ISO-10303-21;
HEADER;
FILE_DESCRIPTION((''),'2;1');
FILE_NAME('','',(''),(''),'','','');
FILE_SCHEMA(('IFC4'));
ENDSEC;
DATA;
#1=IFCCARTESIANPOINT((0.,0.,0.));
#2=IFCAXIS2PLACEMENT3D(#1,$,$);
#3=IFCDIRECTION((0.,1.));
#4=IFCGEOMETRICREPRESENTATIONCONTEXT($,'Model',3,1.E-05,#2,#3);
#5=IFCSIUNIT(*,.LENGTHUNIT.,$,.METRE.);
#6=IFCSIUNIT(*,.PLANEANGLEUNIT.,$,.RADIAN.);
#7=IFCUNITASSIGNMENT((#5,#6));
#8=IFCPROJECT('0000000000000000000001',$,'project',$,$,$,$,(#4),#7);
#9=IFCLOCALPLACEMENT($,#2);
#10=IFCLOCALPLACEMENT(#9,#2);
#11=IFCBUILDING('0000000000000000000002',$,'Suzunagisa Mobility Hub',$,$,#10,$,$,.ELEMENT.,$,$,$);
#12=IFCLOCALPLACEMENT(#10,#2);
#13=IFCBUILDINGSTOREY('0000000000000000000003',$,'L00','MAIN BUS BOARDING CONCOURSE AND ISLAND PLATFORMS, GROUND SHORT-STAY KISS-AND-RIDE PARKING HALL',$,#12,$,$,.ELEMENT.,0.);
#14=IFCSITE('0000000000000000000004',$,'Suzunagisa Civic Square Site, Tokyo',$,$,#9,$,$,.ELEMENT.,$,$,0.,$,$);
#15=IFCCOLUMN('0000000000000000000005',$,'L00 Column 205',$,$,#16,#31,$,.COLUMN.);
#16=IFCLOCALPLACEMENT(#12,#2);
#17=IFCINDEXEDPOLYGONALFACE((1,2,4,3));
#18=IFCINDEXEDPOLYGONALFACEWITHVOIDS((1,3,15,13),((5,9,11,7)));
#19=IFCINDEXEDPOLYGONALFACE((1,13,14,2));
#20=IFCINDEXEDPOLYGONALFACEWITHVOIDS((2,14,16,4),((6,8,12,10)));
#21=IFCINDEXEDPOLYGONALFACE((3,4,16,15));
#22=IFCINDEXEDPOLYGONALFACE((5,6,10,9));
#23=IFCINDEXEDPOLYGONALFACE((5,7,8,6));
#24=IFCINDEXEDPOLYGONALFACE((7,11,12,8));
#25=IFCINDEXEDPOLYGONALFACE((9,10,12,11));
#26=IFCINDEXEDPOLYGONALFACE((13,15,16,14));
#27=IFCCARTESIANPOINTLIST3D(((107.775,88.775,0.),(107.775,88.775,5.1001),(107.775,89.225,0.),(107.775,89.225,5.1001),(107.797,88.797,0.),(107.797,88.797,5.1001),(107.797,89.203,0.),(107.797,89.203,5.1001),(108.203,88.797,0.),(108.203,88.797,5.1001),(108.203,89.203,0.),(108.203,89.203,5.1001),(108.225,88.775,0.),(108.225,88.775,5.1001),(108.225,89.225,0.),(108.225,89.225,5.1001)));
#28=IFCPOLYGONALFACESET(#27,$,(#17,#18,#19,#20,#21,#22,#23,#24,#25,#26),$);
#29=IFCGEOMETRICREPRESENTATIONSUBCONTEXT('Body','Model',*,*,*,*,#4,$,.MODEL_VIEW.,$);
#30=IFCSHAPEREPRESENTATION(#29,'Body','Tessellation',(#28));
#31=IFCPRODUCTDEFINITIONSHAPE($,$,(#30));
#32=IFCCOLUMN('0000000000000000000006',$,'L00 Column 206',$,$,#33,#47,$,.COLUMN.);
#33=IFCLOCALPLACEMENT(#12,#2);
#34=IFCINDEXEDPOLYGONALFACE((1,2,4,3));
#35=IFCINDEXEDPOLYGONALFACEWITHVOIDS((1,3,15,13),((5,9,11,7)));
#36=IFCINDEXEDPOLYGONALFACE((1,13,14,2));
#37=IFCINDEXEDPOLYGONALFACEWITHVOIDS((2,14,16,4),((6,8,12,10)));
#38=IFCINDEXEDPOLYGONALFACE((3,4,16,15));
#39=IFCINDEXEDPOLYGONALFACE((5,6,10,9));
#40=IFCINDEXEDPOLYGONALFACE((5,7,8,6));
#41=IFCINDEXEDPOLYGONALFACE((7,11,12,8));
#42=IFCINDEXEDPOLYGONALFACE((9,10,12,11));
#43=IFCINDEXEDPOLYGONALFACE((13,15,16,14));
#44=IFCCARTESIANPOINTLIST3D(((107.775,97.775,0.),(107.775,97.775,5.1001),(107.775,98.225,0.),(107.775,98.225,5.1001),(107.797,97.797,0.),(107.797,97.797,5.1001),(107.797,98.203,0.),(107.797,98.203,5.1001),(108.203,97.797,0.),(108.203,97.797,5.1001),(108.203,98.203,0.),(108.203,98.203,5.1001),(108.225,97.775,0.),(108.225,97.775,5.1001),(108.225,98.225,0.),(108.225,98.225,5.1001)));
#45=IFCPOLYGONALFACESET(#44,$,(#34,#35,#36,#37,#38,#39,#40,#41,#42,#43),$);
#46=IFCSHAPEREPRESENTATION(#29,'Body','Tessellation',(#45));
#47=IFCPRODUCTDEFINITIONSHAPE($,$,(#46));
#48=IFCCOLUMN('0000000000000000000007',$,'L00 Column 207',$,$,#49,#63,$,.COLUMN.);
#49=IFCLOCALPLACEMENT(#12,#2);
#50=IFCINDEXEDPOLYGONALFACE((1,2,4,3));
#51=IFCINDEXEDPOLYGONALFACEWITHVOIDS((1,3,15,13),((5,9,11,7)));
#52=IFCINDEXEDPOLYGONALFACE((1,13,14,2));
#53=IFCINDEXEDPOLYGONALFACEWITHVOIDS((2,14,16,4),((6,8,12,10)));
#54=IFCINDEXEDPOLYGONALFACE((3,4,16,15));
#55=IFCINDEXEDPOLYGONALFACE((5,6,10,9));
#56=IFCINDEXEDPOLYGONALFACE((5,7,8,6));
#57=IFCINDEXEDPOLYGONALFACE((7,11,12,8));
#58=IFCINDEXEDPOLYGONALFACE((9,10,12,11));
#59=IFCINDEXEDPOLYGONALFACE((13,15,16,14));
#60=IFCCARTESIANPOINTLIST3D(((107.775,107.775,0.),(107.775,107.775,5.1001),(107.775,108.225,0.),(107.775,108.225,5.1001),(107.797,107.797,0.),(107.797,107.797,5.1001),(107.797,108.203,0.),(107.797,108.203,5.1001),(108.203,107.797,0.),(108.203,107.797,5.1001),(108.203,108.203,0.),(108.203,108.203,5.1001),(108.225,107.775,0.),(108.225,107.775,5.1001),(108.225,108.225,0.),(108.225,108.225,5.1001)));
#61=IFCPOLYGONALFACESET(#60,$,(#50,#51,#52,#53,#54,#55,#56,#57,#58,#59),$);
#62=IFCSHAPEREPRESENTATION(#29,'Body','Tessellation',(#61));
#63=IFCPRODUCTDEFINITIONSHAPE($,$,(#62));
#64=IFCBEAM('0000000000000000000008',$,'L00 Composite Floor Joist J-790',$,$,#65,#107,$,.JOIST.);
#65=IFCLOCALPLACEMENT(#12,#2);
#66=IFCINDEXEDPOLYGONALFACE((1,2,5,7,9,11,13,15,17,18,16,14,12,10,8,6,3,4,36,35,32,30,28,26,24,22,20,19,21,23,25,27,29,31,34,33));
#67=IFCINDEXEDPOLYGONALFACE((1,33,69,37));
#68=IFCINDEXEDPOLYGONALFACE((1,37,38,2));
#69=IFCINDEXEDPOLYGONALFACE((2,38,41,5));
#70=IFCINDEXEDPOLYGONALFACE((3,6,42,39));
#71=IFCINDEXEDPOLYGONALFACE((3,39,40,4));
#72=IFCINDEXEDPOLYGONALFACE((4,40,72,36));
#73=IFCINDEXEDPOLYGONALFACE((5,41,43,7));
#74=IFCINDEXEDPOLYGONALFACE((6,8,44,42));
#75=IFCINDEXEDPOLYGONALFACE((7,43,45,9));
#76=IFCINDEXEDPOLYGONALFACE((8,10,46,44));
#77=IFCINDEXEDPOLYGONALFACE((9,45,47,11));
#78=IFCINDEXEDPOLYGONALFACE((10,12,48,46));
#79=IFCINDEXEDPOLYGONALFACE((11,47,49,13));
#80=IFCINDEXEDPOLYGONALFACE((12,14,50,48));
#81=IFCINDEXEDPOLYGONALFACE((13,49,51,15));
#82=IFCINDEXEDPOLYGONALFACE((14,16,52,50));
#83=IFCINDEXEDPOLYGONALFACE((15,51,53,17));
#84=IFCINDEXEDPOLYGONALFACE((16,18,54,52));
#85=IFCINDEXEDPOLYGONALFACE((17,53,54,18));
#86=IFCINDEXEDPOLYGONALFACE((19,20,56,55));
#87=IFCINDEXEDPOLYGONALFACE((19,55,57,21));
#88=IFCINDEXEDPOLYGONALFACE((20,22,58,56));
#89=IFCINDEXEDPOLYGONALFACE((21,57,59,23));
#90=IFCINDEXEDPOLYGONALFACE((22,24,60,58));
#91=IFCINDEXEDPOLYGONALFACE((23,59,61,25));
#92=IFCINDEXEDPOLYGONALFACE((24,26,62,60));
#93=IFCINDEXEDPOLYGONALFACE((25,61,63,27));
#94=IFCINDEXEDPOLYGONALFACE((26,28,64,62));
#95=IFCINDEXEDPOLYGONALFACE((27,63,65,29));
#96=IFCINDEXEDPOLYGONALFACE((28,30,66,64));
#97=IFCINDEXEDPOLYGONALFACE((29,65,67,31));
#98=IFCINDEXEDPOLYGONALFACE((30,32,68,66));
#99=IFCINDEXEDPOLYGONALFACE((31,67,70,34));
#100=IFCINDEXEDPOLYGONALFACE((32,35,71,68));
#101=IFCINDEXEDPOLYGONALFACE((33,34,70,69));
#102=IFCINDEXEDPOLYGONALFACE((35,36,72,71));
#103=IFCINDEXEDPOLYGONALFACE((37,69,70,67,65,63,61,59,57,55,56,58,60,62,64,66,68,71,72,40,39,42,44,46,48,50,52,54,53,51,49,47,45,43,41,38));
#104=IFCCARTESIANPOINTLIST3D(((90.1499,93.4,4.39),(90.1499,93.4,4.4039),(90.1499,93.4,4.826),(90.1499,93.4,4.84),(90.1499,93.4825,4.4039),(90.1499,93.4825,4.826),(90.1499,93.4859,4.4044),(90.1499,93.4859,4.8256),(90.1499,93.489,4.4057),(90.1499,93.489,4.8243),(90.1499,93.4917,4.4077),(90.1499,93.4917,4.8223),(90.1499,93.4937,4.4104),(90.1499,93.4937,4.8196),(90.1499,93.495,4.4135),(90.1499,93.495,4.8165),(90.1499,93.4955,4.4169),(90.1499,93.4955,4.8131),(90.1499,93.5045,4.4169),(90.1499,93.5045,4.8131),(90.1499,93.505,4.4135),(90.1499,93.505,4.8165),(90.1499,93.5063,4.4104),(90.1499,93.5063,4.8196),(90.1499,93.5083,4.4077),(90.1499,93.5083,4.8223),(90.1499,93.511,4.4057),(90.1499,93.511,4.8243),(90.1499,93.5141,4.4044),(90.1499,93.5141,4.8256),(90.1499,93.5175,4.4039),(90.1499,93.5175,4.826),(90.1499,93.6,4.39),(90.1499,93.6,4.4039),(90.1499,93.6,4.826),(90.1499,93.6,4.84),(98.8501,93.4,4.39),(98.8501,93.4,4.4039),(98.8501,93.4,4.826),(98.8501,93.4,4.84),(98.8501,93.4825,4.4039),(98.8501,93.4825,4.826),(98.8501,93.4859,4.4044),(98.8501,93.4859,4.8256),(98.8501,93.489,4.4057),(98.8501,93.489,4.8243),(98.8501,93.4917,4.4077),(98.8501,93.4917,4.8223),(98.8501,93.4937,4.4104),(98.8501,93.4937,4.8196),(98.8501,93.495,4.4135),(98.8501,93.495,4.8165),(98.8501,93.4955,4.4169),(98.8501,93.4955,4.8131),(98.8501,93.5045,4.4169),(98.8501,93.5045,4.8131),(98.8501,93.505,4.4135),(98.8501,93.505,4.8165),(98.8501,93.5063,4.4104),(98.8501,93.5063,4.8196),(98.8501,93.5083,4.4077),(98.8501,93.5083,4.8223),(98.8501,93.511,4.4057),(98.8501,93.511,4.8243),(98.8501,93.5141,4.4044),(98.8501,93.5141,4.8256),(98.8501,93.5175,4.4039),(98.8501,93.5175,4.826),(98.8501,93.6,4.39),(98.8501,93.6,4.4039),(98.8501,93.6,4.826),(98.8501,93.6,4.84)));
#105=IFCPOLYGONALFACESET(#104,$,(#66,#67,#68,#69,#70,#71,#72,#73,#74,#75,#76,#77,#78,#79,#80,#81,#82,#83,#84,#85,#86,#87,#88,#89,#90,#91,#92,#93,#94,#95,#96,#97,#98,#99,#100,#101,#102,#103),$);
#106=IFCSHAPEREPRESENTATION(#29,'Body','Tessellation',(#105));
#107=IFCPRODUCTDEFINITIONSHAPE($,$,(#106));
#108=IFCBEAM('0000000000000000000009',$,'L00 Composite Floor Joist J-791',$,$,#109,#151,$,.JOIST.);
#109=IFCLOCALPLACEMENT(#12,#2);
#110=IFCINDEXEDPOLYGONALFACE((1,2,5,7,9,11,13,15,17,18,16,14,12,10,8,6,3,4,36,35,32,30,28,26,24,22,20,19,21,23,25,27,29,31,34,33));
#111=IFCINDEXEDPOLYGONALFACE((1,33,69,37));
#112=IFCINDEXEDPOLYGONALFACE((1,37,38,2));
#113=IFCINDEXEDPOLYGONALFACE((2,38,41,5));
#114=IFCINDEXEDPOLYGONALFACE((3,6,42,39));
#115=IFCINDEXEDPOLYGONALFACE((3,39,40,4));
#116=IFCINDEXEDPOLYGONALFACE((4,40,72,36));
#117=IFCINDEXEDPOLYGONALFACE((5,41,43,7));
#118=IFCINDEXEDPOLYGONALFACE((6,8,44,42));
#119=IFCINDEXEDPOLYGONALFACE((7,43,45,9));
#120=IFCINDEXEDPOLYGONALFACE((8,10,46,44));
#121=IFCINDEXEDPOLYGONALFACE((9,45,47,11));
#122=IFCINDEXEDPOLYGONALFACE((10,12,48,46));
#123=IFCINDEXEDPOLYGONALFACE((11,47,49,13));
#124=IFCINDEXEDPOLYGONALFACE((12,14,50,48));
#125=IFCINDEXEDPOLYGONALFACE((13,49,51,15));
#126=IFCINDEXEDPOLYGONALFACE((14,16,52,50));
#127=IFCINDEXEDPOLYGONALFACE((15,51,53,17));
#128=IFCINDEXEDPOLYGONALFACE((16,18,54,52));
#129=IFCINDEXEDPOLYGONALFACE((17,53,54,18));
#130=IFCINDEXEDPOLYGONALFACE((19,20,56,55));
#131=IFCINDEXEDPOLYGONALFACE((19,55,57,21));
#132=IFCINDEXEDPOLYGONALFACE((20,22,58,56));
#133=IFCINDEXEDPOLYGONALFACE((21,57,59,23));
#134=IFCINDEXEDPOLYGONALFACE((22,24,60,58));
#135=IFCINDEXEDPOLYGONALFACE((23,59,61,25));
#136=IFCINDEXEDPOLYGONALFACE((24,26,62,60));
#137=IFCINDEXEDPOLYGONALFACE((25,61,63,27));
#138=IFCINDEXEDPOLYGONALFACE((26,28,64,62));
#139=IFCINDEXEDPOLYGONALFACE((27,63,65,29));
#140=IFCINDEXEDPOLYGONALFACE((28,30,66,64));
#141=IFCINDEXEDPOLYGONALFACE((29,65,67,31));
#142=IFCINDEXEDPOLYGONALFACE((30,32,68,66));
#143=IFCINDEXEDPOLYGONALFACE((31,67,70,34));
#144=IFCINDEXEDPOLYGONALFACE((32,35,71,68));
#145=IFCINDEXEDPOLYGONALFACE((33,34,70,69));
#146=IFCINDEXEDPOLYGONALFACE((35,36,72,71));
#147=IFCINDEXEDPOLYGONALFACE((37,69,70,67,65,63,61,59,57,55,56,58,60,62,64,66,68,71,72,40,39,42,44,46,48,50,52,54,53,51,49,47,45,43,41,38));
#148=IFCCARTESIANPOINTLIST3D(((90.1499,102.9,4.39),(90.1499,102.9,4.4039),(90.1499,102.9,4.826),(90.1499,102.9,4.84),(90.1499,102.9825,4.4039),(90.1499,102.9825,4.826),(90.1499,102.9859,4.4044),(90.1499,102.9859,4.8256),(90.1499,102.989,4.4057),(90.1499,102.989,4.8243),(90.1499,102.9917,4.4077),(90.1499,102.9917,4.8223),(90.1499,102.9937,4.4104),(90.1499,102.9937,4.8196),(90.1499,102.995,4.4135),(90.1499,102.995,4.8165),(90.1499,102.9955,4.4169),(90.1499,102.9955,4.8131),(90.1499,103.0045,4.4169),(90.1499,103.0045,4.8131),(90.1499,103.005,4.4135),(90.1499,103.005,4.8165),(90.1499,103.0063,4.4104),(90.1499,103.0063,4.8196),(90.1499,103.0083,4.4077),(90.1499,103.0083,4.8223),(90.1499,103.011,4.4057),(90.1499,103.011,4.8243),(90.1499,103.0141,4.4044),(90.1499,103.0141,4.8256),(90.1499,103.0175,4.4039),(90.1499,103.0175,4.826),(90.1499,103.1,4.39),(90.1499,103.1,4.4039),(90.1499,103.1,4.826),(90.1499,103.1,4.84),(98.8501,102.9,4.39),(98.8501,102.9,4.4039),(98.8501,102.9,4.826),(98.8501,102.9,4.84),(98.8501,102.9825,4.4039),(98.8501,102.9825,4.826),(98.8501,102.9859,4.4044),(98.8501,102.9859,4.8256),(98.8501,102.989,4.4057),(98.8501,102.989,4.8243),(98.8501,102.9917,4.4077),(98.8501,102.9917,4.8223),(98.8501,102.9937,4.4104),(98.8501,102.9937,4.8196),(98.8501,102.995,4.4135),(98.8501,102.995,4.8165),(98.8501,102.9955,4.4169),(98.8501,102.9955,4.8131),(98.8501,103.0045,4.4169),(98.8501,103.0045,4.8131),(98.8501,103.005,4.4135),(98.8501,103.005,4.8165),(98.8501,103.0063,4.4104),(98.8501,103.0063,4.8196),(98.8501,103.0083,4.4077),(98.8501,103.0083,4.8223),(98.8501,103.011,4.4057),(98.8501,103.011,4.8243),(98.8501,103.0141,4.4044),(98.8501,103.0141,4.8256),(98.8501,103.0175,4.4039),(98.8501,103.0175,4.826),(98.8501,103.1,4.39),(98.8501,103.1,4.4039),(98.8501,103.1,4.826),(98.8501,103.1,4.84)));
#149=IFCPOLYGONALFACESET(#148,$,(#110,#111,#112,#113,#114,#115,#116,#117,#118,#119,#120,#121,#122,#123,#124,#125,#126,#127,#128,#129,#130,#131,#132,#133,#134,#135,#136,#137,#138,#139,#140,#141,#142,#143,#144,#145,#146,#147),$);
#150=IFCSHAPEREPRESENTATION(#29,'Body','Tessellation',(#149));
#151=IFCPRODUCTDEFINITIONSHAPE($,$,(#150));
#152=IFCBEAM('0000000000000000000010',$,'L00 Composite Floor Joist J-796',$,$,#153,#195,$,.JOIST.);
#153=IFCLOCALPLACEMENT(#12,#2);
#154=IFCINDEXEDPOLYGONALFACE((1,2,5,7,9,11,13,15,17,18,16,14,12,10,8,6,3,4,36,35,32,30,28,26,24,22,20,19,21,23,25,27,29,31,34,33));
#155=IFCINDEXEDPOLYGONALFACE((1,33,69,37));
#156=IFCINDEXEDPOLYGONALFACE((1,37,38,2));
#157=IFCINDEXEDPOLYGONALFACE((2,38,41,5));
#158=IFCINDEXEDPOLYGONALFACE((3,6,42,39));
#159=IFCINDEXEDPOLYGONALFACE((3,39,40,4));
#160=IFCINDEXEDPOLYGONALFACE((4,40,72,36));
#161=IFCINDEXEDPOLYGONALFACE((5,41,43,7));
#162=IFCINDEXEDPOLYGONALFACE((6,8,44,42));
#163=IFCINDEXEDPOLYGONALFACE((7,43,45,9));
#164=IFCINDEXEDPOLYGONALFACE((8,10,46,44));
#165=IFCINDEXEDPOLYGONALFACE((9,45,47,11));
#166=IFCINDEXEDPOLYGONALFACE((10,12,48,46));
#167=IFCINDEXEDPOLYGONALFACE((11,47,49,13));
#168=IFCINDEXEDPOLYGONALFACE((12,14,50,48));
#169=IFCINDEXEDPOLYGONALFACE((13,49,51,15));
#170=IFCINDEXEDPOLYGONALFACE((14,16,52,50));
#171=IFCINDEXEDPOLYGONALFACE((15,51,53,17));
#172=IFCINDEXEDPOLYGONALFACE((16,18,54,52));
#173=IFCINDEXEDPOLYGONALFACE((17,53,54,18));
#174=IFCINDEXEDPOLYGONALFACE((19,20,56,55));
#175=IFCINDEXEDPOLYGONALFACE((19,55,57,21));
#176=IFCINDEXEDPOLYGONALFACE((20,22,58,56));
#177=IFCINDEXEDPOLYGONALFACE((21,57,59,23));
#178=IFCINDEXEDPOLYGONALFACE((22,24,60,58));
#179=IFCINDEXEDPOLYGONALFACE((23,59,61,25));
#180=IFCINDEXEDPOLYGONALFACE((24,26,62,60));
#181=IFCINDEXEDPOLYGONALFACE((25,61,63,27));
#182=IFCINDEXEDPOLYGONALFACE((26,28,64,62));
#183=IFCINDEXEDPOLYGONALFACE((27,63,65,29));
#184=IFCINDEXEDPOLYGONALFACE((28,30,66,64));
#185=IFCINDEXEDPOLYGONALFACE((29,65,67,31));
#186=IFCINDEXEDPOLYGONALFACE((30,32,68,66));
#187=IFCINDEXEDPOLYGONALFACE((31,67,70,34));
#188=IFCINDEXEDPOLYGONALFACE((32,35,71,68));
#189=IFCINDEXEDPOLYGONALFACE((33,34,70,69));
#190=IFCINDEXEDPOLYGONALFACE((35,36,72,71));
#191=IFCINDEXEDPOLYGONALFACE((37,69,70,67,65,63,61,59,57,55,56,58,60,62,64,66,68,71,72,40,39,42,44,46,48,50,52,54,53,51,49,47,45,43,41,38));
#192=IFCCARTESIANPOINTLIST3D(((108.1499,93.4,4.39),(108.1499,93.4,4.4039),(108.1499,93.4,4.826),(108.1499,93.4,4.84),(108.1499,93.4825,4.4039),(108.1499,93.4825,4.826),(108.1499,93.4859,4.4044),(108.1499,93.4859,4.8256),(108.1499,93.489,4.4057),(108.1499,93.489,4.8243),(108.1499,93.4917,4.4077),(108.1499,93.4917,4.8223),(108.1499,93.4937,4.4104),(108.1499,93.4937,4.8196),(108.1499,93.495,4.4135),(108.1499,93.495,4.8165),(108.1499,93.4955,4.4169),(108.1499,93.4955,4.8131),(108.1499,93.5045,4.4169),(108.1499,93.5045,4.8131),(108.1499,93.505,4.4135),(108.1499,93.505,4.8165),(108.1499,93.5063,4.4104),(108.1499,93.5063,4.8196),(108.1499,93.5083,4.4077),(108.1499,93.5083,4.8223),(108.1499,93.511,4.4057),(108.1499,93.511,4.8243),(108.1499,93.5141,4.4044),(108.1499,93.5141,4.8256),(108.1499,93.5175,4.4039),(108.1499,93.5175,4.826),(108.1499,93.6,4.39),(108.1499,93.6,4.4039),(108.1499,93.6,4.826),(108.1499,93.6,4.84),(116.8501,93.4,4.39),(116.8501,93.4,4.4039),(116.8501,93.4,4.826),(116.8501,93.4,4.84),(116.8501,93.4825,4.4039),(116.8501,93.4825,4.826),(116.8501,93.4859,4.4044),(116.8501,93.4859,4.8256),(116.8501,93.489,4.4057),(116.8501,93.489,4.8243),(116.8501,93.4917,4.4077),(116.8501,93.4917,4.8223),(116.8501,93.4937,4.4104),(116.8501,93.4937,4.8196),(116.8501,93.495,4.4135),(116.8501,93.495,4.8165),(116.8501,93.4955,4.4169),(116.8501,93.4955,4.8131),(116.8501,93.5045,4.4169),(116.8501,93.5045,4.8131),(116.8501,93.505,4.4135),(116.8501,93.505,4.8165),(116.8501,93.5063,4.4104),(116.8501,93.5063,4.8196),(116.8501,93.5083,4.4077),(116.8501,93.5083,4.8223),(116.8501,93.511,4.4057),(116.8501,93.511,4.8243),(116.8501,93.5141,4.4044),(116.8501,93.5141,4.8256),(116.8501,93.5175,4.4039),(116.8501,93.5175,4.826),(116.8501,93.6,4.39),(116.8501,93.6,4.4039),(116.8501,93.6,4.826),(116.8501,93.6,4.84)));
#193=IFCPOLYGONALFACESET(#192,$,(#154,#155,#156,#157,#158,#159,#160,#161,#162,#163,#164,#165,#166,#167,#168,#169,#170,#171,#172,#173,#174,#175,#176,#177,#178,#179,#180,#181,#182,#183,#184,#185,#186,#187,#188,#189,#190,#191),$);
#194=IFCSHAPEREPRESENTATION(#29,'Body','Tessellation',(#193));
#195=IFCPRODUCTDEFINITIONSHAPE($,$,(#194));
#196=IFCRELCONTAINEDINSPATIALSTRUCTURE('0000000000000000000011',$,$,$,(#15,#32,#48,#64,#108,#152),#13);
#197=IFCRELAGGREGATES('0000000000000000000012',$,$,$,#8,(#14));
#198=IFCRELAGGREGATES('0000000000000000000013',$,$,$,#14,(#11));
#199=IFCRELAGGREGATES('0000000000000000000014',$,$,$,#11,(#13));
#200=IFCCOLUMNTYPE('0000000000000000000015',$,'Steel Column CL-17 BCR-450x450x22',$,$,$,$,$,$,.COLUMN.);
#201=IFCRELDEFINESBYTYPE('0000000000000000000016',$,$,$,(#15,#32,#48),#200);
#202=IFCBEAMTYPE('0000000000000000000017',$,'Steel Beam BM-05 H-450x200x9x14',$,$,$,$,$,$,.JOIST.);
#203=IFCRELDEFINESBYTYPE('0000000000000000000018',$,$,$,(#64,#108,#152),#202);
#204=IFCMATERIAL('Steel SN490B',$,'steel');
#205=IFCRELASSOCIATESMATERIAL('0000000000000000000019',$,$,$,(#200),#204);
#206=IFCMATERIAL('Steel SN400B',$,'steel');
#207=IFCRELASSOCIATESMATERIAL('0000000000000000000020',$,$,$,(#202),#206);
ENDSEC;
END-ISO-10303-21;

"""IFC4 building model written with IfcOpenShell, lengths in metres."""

from ifc_helpers import new_model, si_unit, direction, frame, origin, origin_2d, place, context, subcontext, project, spatial, hollow_rectangle, i_section, extrude, material, material_profile, profile_set, type_object, element, save


model = new_model("IFC4")

# Units and contexts
model_context = context("Model", 3, precision=1e-05, world=origin(), true_north=direction((0.0, 1.0)))
body_context = subcontext(model_context, "Body", "Model", "MODEL_VIEW")
ifc_project = project(units=[si_unit("LENGTHUNIT", "METRE"), si_unit("PLANEANGLEUNIT", "RADIAN")], contexts=[model_context])

# Site, building, storey
site_placement = place(None, origin())
site = spatial("IfcSite", under=ifc_project, at=site_placement, Name="Suzunagisa Civic Square Site, Tokyo", CompositionType="ELEMENT", RefElevation=0.0)
building_placement = place(site_placement, origin())
building = spatial("IfcBuilding", under=site, at=building_placement, Name="Suzunagisa Mobility Hub", CompositionType="ELEMENT")
storey_placement = place(building_placement, origin())
storey = spatial("IfcBuildingStorey", under=building, at=storey_placement, Name="L00", Description="MAIN BUS BOARDING CONCOURSE AND ISLAND PLATFORMS, GROUND SHORT-STAY KISS-AND-RIDE PARKING HALL", CompositionType="ELEMENT", Elevation=0.0)

# Columns
ifc_material_1 = material(Name="Steel SN490B", Category="steel")
ifc_material_profile_1 = material_profile(ifc_material_1, hollow_rectangle(XDim=0.45, YDim=0.45, WallThickness=0.022, at=origin_2d()), Name="BCR-450x450x22")
ifc_profile_set_1 = profile_set([ifc_material_profile_1], Name="Steel SN490B")
column_type_1 = type_object("IfcColumnType", Name="Steel Column CL-17 BCR-450x450x22", PredefinedType="COLUMN", material=ifc_profile_set_1)
for number, where, z_axis, x_axis, name in (
    (1, (108.0, 89.0, 0.0), (0.0, 0.0, 1.0), (1.0, 0.0, 0.0), "L00 Column 205"),
    (2, (108.0, 98.0, 0.0), (0.0, 0.0, 1.0), (1.0, 0.0, 0.0), "L00 Column 206"),
    (3, (108.0, 108.0, 0.0), (0.0, 0.0, 1.0), (1.0, 0.0, 0.0), "L00 Column 207"),
):
    element("IfcColumn", number, at=place(storey_placement, frame(where, z_axis=z_axis, x_axis=x_axis)), inside=storey, type_object=column_type_1, Name=name, PredefinedType="COLUMN", context=body_context, shape_type="SweptSolid", body=[
        extrude(hollow_rectangle(XDim=0.45, YDim=0.45, WallThickness=0.022, at=origin_2d()), origin(), (0.0, 0.0, 1.0), 5.1001),
    ])

# Beams
ifc_material_2 = material(Name="Steel SN400B", Category="steel")
ifc_material_profile_2 = material_profile(ifc_material_2, i_section(OverallWidth=0.2, OverallDepth=0.45, WebThickness=0.009, FlangeThickness=0.0139, FilletRadius=0.0129, at=origin_2d()), Name="H-450x200x9x14")
ifc_profile_set_2 = profile_set([ifc_material_profile_2], Name="Steel SN400B")
beam_type_1 = type_object("IfcBeamType", Name="Steel Beam BM-05 H-450x200x9x14", PredefinedType="JOIST", material=ifc_profile_set_2)
for number, where, z_axis, x_axis, name in (
    (4, (90.1499, 93.5, 4.615), (1.0, 0.0, 0.0), (0.0, 1.0, 0.0), "L00 Composite Floor Joist J-790"),
    (5, (90.1499, 103.0, 4.615), (1.0, 0.0, 0.0), (0.0, 1.0, 0.0), "L00 Composite Floor Joist J-791"),
    (6, (108.1499, 93.5, 4.615), (1.0, 0.0, 0.0), (0.0, 1.0, 0.0), "L00 Composite Floor Joist J-796"),
):
    element("IfcBeam", number, at=place(storey_placement, frame(where, z_axis=z_axis, x_axis=x_axis)), inside=storey, type_object=beam_type_1, Name=name, PredefinedType="JOIST", context=body_context, shape_type="SweptSolid", body=[
        extrude(i_section(OverallWidth=0.2, OverallDepth=0.45, WebThickness=0.009, FlangeThickness=0.0139, FilletRadius=0.0129, at=origin_2d()), origin(), (0.0, 0.0, 1.0), 8.7002),
    ])

save(model, "model.ifc")
